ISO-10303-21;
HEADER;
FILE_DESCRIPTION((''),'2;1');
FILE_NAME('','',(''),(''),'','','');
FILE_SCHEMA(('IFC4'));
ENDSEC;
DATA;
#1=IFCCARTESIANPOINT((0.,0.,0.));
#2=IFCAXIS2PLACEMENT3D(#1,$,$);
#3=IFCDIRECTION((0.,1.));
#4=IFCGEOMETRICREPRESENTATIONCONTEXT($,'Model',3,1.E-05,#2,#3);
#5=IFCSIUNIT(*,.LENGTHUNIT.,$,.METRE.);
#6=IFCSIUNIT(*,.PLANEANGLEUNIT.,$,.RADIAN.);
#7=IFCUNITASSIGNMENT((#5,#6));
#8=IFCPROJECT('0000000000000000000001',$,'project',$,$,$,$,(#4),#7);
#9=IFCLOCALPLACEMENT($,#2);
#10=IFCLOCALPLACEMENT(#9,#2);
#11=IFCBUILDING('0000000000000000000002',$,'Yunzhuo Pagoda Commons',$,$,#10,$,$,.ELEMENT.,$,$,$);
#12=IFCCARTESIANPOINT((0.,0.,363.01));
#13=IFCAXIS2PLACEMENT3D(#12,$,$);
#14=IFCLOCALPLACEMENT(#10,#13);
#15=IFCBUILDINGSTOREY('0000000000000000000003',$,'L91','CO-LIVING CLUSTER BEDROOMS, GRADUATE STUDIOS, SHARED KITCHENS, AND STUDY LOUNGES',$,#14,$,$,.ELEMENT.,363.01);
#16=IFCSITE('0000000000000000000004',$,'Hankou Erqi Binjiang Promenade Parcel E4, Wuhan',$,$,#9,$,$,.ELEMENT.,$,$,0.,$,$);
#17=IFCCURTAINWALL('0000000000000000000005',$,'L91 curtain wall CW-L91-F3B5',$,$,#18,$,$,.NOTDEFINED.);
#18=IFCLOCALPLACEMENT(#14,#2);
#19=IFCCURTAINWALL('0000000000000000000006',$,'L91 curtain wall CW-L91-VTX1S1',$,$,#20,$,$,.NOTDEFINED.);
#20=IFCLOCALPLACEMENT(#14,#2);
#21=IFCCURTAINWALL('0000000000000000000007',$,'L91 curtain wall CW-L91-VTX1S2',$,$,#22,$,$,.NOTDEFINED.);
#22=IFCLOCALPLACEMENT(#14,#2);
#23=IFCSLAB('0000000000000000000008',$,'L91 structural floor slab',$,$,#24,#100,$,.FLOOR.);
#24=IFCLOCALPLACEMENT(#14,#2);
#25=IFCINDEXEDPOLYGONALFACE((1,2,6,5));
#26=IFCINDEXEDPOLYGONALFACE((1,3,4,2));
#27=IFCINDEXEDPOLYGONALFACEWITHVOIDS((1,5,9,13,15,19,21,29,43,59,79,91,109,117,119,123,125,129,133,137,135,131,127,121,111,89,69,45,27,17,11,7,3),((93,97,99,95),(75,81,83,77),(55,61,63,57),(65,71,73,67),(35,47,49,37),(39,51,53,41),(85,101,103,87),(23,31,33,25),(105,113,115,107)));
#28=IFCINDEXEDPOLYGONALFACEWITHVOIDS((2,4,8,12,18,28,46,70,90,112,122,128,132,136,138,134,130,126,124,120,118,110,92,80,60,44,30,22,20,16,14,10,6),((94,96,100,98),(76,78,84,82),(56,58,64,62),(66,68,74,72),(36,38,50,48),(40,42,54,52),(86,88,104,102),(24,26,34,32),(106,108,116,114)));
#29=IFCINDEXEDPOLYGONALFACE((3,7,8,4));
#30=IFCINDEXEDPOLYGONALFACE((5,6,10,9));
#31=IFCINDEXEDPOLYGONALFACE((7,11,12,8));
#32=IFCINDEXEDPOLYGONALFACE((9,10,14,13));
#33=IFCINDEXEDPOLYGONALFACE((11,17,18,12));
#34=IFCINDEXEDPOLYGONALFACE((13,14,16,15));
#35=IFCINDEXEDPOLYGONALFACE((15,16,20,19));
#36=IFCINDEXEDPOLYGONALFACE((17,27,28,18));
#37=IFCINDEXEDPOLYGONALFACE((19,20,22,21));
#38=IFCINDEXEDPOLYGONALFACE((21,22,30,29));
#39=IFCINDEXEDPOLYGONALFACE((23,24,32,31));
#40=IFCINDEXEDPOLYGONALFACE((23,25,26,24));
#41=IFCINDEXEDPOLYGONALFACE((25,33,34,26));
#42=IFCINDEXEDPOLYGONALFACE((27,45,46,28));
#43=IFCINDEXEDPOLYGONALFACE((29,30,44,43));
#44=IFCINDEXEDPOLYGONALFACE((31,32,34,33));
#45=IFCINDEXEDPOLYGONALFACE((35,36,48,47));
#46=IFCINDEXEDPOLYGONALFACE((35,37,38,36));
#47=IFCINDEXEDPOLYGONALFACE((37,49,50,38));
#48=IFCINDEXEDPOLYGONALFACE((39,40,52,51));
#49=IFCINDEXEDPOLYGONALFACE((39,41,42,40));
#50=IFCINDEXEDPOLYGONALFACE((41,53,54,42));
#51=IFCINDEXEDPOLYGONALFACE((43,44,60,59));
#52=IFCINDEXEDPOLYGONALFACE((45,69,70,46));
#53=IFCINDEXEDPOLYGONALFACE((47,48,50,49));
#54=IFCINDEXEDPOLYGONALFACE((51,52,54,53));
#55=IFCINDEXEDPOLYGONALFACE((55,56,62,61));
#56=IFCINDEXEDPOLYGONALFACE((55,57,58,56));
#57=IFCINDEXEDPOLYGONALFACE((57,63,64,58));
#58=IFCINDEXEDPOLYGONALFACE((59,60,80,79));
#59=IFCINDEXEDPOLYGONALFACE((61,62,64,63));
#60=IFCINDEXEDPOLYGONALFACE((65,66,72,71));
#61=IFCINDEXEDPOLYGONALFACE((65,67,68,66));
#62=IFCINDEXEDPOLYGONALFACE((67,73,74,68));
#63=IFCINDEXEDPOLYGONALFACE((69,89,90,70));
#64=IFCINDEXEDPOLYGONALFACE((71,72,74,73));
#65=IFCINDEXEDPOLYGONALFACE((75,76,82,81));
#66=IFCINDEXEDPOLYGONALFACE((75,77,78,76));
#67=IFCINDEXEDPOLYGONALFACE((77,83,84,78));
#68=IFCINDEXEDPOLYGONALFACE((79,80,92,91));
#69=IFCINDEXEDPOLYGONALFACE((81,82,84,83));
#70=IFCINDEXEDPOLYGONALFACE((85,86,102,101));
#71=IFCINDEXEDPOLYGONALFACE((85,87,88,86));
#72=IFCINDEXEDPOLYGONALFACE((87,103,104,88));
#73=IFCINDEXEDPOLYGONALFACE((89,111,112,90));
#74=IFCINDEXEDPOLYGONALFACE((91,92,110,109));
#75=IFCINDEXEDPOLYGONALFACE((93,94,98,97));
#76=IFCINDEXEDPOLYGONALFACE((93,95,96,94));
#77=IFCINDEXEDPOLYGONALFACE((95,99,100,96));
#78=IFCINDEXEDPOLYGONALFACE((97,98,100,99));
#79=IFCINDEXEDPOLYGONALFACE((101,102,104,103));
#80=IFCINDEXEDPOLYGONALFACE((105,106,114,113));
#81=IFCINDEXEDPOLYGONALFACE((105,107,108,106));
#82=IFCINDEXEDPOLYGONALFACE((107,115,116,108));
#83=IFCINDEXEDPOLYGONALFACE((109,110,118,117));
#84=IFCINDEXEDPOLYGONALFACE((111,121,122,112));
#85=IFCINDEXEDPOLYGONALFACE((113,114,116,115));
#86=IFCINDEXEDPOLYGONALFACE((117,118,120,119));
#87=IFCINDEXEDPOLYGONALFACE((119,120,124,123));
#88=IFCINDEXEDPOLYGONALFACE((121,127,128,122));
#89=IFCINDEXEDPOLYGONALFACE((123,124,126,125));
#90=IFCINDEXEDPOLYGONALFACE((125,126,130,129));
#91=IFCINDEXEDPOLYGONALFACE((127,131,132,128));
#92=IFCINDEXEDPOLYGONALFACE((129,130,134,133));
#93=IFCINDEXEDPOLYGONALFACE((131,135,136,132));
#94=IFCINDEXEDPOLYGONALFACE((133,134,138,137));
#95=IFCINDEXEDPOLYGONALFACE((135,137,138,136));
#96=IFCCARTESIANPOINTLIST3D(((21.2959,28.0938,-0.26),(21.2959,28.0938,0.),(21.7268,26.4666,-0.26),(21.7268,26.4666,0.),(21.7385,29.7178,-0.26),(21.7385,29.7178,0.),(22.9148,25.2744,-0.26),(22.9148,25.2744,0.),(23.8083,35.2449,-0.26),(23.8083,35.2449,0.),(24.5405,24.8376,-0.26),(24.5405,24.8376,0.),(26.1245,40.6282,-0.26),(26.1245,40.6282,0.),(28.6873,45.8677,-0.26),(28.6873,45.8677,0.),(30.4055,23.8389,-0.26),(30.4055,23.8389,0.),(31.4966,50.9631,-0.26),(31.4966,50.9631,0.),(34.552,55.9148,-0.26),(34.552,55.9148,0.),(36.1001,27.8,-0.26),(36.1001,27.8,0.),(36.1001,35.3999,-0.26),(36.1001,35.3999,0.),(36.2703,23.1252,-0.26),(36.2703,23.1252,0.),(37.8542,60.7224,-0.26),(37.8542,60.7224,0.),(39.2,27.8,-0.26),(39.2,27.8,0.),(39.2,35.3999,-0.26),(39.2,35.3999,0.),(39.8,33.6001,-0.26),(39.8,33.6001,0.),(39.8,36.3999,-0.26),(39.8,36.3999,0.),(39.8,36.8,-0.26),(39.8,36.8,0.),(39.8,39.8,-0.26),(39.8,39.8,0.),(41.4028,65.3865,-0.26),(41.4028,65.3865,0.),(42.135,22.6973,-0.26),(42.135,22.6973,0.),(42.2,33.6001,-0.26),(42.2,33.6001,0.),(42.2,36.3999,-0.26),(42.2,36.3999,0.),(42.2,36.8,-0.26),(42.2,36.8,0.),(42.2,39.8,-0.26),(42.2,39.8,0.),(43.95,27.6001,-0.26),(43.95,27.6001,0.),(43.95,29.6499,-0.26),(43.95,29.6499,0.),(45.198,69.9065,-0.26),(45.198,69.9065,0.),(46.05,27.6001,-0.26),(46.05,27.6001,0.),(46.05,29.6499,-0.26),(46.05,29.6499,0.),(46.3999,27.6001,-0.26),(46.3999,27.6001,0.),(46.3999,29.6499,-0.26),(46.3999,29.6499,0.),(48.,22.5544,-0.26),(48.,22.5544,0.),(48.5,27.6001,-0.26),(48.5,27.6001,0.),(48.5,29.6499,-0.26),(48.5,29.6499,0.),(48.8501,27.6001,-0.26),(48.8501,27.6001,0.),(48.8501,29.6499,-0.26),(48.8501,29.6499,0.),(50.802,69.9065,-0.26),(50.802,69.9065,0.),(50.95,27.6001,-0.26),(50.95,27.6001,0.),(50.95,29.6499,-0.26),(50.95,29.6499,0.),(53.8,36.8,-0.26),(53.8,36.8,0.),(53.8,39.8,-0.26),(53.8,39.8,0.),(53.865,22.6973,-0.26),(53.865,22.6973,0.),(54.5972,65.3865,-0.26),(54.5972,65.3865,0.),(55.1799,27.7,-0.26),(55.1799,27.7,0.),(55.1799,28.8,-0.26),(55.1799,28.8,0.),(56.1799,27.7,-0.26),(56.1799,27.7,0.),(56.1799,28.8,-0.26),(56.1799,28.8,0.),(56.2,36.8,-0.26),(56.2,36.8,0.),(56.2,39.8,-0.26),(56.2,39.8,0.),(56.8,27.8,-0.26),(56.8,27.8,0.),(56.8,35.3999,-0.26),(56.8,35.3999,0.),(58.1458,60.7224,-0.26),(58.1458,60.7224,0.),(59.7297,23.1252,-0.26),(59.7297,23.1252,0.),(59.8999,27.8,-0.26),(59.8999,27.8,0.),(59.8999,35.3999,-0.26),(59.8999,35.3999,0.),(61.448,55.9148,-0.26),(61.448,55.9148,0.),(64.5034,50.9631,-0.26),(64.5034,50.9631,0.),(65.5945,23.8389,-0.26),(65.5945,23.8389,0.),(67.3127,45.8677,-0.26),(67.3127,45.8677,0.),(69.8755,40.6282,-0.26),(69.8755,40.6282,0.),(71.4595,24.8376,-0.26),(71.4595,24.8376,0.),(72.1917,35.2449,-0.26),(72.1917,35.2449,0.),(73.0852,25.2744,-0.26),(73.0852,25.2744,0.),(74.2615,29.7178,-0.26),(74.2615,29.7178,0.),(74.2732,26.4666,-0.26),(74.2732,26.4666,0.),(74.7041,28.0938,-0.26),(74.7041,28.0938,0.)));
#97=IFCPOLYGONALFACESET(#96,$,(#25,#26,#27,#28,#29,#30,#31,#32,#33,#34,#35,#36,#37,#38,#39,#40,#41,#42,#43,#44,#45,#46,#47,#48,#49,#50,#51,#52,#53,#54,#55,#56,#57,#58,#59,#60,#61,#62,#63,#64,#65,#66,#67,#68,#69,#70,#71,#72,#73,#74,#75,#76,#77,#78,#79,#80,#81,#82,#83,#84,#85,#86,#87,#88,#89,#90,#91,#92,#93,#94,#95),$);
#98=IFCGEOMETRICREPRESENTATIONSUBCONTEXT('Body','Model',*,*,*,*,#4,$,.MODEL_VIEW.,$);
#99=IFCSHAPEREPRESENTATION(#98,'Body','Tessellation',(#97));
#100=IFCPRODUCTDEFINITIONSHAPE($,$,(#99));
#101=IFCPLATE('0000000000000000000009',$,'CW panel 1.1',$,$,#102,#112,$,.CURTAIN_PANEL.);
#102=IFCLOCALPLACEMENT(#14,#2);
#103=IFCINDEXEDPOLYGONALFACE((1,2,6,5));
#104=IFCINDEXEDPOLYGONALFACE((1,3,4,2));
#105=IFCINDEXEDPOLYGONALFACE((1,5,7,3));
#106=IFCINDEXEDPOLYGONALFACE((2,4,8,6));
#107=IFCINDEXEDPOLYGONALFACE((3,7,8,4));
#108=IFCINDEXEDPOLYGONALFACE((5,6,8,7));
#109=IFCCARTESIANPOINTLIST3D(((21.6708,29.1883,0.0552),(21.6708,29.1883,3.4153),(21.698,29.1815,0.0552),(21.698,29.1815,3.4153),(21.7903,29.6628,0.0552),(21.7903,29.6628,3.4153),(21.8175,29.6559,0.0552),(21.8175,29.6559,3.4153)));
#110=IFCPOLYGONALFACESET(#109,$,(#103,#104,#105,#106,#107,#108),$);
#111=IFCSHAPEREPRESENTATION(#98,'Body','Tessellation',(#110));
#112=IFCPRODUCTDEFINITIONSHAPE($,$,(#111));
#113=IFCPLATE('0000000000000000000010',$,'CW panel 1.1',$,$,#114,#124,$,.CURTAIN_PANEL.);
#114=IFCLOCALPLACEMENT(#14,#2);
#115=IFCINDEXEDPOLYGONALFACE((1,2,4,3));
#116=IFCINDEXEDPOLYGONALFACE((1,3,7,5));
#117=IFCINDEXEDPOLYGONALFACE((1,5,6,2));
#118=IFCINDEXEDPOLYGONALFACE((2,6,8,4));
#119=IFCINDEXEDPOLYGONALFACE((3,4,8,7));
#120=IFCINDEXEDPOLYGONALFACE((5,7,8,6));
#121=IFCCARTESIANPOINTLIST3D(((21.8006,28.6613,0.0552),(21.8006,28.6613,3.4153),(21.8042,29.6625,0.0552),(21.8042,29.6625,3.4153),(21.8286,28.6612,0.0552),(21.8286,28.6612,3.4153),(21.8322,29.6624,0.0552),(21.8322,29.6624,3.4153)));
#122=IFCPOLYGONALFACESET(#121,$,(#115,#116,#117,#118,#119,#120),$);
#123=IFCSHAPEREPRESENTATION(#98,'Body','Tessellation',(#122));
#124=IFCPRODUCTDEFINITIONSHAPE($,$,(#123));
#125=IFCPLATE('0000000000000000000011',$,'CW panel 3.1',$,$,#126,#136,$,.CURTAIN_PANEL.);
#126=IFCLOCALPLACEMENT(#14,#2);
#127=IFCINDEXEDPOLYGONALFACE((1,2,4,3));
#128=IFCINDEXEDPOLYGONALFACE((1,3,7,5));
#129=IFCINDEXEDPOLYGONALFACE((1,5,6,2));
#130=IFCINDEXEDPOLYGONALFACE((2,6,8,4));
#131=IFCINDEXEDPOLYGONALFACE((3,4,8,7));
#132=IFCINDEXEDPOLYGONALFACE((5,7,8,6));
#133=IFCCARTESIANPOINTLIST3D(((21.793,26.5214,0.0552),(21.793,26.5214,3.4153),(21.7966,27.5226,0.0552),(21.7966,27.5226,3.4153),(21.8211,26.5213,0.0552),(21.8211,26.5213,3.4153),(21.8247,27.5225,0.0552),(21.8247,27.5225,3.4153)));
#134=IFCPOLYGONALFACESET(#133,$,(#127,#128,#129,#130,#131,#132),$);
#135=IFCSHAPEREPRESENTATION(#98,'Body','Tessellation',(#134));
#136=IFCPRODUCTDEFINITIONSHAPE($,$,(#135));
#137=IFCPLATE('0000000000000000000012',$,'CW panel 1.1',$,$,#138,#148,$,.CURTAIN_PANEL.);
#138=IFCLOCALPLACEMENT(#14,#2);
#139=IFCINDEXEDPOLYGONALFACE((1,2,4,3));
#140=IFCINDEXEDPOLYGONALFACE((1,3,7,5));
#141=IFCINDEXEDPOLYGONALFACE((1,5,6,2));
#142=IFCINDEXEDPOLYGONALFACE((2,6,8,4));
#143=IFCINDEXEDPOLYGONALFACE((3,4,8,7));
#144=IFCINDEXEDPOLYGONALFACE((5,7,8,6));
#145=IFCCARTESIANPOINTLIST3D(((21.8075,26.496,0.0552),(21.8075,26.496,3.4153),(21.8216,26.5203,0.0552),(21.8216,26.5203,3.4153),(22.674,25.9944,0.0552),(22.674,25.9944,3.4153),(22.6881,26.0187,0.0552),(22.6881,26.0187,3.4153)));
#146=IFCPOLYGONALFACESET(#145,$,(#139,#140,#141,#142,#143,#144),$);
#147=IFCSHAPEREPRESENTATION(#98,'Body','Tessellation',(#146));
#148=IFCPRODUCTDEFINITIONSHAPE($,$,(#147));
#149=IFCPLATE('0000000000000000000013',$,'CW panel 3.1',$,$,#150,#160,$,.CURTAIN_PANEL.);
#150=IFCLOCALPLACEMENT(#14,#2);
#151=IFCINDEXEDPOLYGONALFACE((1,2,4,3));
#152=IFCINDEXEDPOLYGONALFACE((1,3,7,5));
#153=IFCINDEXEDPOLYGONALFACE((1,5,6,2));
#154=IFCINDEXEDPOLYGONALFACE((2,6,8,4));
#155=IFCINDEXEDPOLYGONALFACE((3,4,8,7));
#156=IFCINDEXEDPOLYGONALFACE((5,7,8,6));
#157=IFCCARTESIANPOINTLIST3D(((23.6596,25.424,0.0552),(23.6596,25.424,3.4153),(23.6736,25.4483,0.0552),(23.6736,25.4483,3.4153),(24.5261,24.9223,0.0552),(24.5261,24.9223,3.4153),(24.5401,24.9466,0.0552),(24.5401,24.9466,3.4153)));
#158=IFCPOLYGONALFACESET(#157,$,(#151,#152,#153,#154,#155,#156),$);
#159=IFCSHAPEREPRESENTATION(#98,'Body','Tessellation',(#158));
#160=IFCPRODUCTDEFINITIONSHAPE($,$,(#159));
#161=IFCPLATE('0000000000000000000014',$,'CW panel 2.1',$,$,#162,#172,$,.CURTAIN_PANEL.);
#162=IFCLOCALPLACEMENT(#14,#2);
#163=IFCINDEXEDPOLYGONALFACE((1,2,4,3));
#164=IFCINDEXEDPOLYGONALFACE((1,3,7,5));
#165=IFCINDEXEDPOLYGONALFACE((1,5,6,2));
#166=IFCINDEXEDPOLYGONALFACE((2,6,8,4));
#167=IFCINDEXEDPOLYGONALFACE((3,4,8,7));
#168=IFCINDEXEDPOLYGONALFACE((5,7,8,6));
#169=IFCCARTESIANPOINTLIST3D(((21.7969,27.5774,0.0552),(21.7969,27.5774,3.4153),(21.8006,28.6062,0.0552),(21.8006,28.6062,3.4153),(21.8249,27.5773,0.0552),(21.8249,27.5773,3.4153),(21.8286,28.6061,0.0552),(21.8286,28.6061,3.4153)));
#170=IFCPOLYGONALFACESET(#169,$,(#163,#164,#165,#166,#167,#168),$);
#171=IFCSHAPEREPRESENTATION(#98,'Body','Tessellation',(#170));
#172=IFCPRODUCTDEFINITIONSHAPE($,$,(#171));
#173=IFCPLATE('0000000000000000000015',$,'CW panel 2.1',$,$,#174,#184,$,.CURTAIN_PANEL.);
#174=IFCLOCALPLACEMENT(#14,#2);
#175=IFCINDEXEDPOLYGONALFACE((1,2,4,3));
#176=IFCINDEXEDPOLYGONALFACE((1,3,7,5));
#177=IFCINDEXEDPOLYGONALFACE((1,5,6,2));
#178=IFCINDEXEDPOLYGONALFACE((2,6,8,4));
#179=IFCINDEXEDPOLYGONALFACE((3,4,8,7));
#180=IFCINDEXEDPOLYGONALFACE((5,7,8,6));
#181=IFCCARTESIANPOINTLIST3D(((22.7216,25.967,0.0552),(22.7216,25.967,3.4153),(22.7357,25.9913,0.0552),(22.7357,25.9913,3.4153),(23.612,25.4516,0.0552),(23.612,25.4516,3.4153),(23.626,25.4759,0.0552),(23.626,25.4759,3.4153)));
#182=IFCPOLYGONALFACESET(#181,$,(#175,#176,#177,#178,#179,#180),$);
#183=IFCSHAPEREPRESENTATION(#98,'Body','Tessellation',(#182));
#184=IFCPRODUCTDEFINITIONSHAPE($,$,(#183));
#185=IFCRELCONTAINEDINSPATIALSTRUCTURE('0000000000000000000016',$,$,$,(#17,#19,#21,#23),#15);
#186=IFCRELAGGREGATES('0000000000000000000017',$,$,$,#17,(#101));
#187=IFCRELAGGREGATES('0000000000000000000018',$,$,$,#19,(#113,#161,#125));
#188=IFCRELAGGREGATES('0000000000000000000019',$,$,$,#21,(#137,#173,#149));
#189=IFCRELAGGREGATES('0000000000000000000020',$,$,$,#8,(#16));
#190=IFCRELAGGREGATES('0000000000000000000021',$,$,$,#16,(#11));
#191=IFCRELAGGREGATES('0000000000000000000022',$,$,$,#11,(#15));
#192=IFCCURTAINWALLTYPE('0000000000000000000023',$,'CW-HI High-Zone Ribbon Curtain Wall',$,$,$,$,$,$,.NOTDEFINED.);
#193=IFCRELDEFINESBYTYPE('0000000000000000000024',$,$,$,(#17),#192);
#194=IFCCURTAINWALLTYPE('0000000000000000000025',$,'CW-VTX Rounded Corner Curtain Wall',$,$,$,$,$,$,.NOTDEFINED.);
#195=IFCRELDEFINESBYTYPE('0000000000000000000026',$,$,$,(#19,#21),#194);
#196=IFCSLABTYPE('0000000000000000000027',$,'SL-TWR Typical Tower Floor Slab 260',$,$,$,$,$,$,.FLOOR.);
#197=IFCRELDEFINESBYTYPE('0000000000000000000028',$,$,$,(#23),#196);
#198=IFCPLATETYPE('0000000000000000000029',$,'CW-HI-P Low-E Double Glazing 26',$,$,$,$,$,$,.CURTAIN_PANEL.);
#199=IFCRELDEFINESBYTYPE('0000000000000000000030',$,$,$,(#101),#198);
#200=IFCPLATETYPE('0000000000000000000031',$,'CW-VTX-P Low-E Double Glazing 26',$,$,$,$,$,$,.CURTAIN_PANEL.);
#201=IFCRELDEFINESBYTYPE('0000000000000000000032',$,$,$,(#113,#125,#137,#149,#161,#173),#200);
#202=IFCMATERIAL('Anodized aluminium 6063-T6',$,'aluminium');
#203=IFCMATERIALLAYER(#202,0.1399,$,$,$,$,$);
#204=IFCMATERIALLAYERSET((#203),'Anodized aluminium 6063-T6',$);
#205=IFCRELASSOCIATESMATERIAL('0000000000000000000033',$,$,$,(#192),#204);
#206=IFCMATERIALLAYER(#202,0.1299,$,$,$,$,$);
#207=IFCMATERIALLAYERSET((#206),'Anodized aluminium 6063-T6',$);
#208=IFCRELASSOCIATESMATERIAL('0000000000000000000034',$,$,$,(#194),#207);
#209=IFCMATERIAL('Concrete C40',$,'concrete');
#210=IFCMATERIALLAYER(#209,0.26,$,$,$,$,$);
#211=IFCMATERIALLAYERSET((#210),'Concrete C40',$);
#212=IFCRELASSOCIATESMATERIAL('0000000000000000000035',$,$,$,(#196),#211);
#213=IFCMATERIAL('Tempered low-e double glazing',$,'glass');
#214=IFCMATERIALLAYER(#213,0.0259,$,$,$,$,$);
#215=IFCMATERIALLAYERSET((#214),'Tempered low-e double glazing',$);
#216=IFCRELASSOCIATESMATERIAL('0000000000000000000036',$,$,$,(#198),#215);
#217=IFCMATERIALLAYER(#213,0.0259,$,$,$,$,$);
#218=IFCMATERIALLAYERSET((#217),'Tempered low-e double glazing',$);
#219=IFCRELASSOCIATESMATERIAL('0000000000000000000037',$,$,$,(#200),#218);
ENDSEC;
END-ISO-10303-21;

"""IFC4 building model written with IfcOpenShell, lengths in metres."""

from ifc_helpers import new_model, si_unit, direction, frame, origin, origin_2d, place, context, subcontext, project, spatial, polyline, rectangle, outline, extrude, source, transform, mapped, material, layer, layer_set, type_object, element, aggregate, save


model = new_model("IFC4")

# Units and contexts
model_context = context("Model", 3, precision=1e-05, world=origin(), true_north=direction((0.0, 1.0)))
body_context = subcontext(model_context, "Body", "Model", "MODEL_VIEW")
ifc_project = project(units=[si_unit("LENGTHUNIT", "METRE"), si_unit("PLANEANGLEUNIT", "RADIAN")], contexts=[model_context])

# Site, building, storey
site_placement = place(None, origin())
site = spatial("IfcSite", under=ifc_project, at=site_placement, Name="Hankou Erqi Binjiang Promenade Parcel E4, Wuhan", CompositionType="ELEMENT", RefElevation=0.0)
building_placement = place(site_placement, origin())
building = spatial("IfcBuilding", under=site, at=building_placement, Name="Yunzhuo Pagoda Commons", CompositionType="ELEMENT")
storey_placement = place(building_placement, frame((0.0, 0.0, 363.01)))
storey = spatial("IfcBuildingStorey", under=building, at=storey_placement, Name="L91", Description="CO-LIVING CLUSTER BEDROOMS, GRADUATE STUDIOS, SHARED KITCHENS, AND STUDY LOUNGES", CompositionType="ELEMENT", Elevation=363.01)

# Shared definitions
ifc_material_1 = material(Name="Anodized aluminium 6063-T6", Category="aluminium")
ifc_layer_1 = layer(ifc_material_1, 0.1399)
ifc_layer_set_1 = layer_set([ifc_layer_1], Name="Anodized aluminium 6063-T6")
curtain_wall_type_1 = type_object("IfcCurtainWallType", Name="CW-HI High-Zone Ribbon Curtain Wall", PredefinedType="NOTDEFINED", material=ifc_layer_set_1)

# Curtain walls
curtain_wall_1_placement = place(storey_placement, origin())
curtain_wall_1 = element("IfcCurtainWall", 1, at=curtain_wall_1_placement, inside=storey, type_object=curtain_wall_type_1, Name="L91 curtain wall CW-L91-F3B5", PredefinedType="NOTDEFINED")
ifc_layer_2 = layer(ifc_material_1, 0.1299)
ifc_layer_set_2 = layer_set([ifc_layer_2], Name="Anodized aluminium 6063-T6")
curtain_wall_type_2 = type_object("IfcCurtainWallType", Name="CW-VTX Rounded Corner Curtain Wall", PredefinedType="NOTDEFINED", material=ifc_layer_set_2)
curtain_wall_2_placement = place(storey_placement, origin())
curtain_wall_2 = element("IfcCurtainWall", 2, at=curtain_wall_2_placement, inside=storey, type_object=curtain_wall_type_2, Name="L91 curtain wall CW-L91-VTX1S1", PredefinedType="NOTDEFINED")
curtain_wall_3_placement = place(storey_placement, origin())
curtain_wall_3 = element("IfcCurtainWall", 3, at=curtain_wall_3_placement, inside=storey, type_object=curtain_wall_type_2, Name="L91 curtain wall CW-L91-VTX1S2", PredefinedType="NOTDEFINED")

# Shared definitions
ifc_material_2 = material(Name="Concrete C40", Category="concrete")

# Slab
ifc_layer_3 = layer(ifc_material_2, 0.26)
ifc_layer_set_3 = layer_set([ifc_layer_3], Name="Concrete C40")
slab_type_1 = type_object("IfcSlabType", Name="SL-TWR Typical Tower Floor Slab 260", PredefinedType="FLOOR", material=ifc_layer_set_3)
slab_1_placement = place(storey_placement, frame((0.0, 0.0, -0.26)))
element("IfcSlab", 4, at=slab_1_placement, inside=storey, type_object=slab_type_1, Name="L91 structural floor slab", PredefinedType="FLOOR", context=body_context, shape_type="SweptSolid", body=[
    extrude(outline(polyline([(23.8083, 35.2449), (26.1245, 40.6282), (28.6873, 45.8677), (31.4966, 50.9631), (34.552, 55.9148), (37.8542, 60.7224), (41.4028, 65.3865), (45.198, 69.9065), (50.802, 69.9065), (54.5972, 65.3865), (58.1458, 60.7224), (61.448, 55.9148), (64.5034, 50.9631), (67.3127, 45.8677), (69.8755, 40.6282), (72.1917, 35.2449), (74.2615, 29.7178), (74.7041, 28.0938), (74.2732, 26.4666), (73.0852, 25.2744), (71.4595, 24.8376), (65.5945, 23.8389), (59.7297, 23.1252), (53.865, 22.6973), (48.0, 22.5544), (42.135, 22.6973), (36.2703, 23.1252), (30.4055, 23.8389), (24.5405, 24.8376), (22.9148, 25.2744), (21.7268, 26.4666), (21.2959, 28.0938), (21.7385, 29.7178), (23.8083, 35.2449)]), holes=[polyline([(56.1799, 28.8), (55.1799, 28.8), (55.1799, 27.7), (56.1799, 27.7), (56.1799, 28.8)]), polyline([(46.05, 29.6499), (43.95, 29.6499), (43.95, 27.6001), (46.05, 27.6001), (46.05, 29.6499)]), polyline([(48.5, 29.6499), (46.3999, 29.6499), (46.3999, 27.6001), (48.5, 27.6001), (48.5, 29.6499)]), polyline([(50.95, 29.6499), (48.8501, 29.6499), (48.8501, 27.6001), (50.95, 27.6001), (50.95, 29.6499)]), polyline([(39.2, 27.8), (39.2, 35.3999), (36.1001, 35.3999), (36.1001, 27.8), (39.2, 27.8)]), polyline([(59.8999, 27.8), (59.8999, 35.3999), (56.8, 35.3999), (56.8, 27.8), (59.8999, 27.8)]), polyline([(42.2, 36.3999), (39.8, 36.3999), (39.8, 33.6001), (42.2, 33.6001), (42.2, 36.3999)]), polyline([(42.2, 36.8), (42.2, 39.8), (39.8, 39.8), (39.8, 36.8), (42.2, 36.8)]), polyline([(56.2, 36.8), (56.2, 39.8), (53.8, 39.8), (53.8, 36.8), (56.2, 36.8)])]), origin(), (0.0, 0.0, 1.0), 0.26),
])

# Plates
ifc_material_3 = material(Name="Tempered low-e double glazing", Category="glass")
ifc_layer_4 = layer(ifc_material_3, 0.0259)
ifc_layer_set_4 = layer_set([ifc_layer_4], Name="Tempered low-e double glazing")
plate_type_1 = type_object("IfcPlateType", Name="CW-HI-P Low-E Double Glazing 26", PredefinedType="CURTAIN_PANEL", material=ifc_layer_set_4)
shared_shape_1 = source(origin(), body_context, "Body", "SweptSolid", [
    extrude(rectangle(XDim=0.4893, YDim=0.0281, at=origin_2d()), origin(), (0.0, 0.0, 1.0), 3.3601),
])
plate_1_placement = place(storey_placement, frame((21.7441, 29.4221, 0.0552), z_axis=(0.0, 0.0, 1.0), x_axis=(0.244235, 0.969716, 0.0)))
plate_1 = element("IfcPlate", 5, at=plate_1_placement, type_object=plate_type_1, Name="CW panel 1.1", PredefinedType="CURTAIN_PANEL", context=body_context, shape_type="MappedRepresentation", body=[
    mapped(shared_shape_1, transform((0.0, 0.0, 0.0), scale=1.0)),
])
aggregate(curtain_wall_1, [plate_1])
ifc_layer_5 = layer(ifc_material_3, 0.0259)
ifc_layer_set_5 = layer_set([ifc_layer_5], Name="Tempered low-e double glazing")
plate_type_2 = type_object("IfcPlateType", Name="CW-VTX-P Low-E Double Glazing 26", PredefinedType="CURTAIN_PANEL", material=ifc_layer_set_5)
shared_shape_2 = source(origin(), body_context, "Body", "SweptSolid", [
    extrude(rectangle(XDim=1.0012, YDim=0.0281, at=origin_2d()), origin(), (0.0, 0.0, 1.0), 3.3601),
])
plate_2_placement = place(storey_placement, frame((21.8164, 29.1619, 0.0552), z_axis=(0.0, 0.0, 1.0), x_axis=(-0.003599, -0.999994, 0.0)))
plate_2 = element("IfcPlate", 6, at=plate_2_placement, type_object=plate_type_2, Name="CW panel 1.1", PredefinedType="CURTAIN_PANEL", context=body_context, shape_type="MappedRepresentation", body=[
    mapped(shared_shape_2, transform((0.0, 0.0, 0.0), scale=1.0)),
])
plate_3_placement = place(storey_placement, frame((21.8088, 27.022, 0.0552), z_axis=(0.0, 0.0, 1.0), x_axis=(-0.003599, -0.999994, 0.0)))
plate_3 = element("IfcPlate", 7, at=plate_3_placement, type_object=plate_type_2, Name="CW panel 3.1", PredefinedType="CURTAIN_PANEL", context=body_context, shape_type="MappedRepresentation", body=[
    mapped(shared_shape_2, transform((0.0, 0.0, 0.0), scale=1.0)),
])
plate_4_placement = place(storey_placement, frame((22.2478, 26.2573, 0.0552), z_axis=(0.0, 0.0, 1.0), x_axis=(0.865438, -0.501017, 0.0)))
plate_4 = element("IfcPlate", 8, at=plate_4_placement, type_object=plate_type_2, Name="CW panel 1.1", PredefinedType="CURTAIN_PANEL", context=body_context, shape_type="MappedRepresentation", body=[
    mapped(shared_shape_2, transform((0.0, 0.0, 0.0), scale=1.0)),
])
plate_5_placement = place(storey_placement, frame((24.0999, 25.1853, 0.0552), z_axis=(0.0, 0.0, 1.0), x_axis=(0.865438, -0.501017, 0.0)))
plate_5 = element("IfcPlate", 9, at=plate_5_placement, type_object=plate_type_2, Name="CW panel 3.1", PredefinedType="CURTAIN_PANEL", context=body_context, shape_type="MappedRepresentation", body=[
    mapped(shared_shape_2, transform((0.0, 0.0, 0.0), scale=1.0)),
])
shared_shape_3 = source(origin(), body_context, "Body", "SweptSolid", [
    extrude(rectangle(XDim=1.0288, YDim=0.0281, at=origin_2d()), origin(), (0.0, 0.0, 1.0), 3.3601),
])
plate_6_placement = place(storey_placement, frame((21.8127, 28.0918, 0.0552), z_axis=(0.0, 0.0, 1.0), x_axis=(-0.003599, -0.999994, 0.0)))
plate_6 = element("IfcPlate", 10, at=plate_6_placement, type_object=plate_type_2, Name="CW panel 2.1", PredefinedType="CURTAIN_PANEL", context=body_context, shape_type="MappedRepresentation", body=[
    mapped(shared_shape_3, transform((0.0, 0.0, 0.0), scale=1.0)),
])
aggregate(curtain_wall_2, [plate_2, plate_6, plate_3])
plate_7_placement = place(storey_placement, frame((23.1738, 25.7214, 0.0552), z_axis=(0.0, 0.0, 1.0), x_axis=(0.865438, -0.501017, 0.0)))
plate_7 = element("IfcPlate", 11, at=plate_7_placement, type_object=plate_type_2, Name="CW panel 2.1", PredefinedType="CURTAIN_PANEL", context=body_context, shape_type="MappedRepresentation", body=[
    mapped(shared_shape_3, transform((0.0, 0.0, 0.0), scale=1.0)),
])
aggregate(curtain_wall_3, [plate_4, plate_7, plate_5])

save(model, "model.ifc")
